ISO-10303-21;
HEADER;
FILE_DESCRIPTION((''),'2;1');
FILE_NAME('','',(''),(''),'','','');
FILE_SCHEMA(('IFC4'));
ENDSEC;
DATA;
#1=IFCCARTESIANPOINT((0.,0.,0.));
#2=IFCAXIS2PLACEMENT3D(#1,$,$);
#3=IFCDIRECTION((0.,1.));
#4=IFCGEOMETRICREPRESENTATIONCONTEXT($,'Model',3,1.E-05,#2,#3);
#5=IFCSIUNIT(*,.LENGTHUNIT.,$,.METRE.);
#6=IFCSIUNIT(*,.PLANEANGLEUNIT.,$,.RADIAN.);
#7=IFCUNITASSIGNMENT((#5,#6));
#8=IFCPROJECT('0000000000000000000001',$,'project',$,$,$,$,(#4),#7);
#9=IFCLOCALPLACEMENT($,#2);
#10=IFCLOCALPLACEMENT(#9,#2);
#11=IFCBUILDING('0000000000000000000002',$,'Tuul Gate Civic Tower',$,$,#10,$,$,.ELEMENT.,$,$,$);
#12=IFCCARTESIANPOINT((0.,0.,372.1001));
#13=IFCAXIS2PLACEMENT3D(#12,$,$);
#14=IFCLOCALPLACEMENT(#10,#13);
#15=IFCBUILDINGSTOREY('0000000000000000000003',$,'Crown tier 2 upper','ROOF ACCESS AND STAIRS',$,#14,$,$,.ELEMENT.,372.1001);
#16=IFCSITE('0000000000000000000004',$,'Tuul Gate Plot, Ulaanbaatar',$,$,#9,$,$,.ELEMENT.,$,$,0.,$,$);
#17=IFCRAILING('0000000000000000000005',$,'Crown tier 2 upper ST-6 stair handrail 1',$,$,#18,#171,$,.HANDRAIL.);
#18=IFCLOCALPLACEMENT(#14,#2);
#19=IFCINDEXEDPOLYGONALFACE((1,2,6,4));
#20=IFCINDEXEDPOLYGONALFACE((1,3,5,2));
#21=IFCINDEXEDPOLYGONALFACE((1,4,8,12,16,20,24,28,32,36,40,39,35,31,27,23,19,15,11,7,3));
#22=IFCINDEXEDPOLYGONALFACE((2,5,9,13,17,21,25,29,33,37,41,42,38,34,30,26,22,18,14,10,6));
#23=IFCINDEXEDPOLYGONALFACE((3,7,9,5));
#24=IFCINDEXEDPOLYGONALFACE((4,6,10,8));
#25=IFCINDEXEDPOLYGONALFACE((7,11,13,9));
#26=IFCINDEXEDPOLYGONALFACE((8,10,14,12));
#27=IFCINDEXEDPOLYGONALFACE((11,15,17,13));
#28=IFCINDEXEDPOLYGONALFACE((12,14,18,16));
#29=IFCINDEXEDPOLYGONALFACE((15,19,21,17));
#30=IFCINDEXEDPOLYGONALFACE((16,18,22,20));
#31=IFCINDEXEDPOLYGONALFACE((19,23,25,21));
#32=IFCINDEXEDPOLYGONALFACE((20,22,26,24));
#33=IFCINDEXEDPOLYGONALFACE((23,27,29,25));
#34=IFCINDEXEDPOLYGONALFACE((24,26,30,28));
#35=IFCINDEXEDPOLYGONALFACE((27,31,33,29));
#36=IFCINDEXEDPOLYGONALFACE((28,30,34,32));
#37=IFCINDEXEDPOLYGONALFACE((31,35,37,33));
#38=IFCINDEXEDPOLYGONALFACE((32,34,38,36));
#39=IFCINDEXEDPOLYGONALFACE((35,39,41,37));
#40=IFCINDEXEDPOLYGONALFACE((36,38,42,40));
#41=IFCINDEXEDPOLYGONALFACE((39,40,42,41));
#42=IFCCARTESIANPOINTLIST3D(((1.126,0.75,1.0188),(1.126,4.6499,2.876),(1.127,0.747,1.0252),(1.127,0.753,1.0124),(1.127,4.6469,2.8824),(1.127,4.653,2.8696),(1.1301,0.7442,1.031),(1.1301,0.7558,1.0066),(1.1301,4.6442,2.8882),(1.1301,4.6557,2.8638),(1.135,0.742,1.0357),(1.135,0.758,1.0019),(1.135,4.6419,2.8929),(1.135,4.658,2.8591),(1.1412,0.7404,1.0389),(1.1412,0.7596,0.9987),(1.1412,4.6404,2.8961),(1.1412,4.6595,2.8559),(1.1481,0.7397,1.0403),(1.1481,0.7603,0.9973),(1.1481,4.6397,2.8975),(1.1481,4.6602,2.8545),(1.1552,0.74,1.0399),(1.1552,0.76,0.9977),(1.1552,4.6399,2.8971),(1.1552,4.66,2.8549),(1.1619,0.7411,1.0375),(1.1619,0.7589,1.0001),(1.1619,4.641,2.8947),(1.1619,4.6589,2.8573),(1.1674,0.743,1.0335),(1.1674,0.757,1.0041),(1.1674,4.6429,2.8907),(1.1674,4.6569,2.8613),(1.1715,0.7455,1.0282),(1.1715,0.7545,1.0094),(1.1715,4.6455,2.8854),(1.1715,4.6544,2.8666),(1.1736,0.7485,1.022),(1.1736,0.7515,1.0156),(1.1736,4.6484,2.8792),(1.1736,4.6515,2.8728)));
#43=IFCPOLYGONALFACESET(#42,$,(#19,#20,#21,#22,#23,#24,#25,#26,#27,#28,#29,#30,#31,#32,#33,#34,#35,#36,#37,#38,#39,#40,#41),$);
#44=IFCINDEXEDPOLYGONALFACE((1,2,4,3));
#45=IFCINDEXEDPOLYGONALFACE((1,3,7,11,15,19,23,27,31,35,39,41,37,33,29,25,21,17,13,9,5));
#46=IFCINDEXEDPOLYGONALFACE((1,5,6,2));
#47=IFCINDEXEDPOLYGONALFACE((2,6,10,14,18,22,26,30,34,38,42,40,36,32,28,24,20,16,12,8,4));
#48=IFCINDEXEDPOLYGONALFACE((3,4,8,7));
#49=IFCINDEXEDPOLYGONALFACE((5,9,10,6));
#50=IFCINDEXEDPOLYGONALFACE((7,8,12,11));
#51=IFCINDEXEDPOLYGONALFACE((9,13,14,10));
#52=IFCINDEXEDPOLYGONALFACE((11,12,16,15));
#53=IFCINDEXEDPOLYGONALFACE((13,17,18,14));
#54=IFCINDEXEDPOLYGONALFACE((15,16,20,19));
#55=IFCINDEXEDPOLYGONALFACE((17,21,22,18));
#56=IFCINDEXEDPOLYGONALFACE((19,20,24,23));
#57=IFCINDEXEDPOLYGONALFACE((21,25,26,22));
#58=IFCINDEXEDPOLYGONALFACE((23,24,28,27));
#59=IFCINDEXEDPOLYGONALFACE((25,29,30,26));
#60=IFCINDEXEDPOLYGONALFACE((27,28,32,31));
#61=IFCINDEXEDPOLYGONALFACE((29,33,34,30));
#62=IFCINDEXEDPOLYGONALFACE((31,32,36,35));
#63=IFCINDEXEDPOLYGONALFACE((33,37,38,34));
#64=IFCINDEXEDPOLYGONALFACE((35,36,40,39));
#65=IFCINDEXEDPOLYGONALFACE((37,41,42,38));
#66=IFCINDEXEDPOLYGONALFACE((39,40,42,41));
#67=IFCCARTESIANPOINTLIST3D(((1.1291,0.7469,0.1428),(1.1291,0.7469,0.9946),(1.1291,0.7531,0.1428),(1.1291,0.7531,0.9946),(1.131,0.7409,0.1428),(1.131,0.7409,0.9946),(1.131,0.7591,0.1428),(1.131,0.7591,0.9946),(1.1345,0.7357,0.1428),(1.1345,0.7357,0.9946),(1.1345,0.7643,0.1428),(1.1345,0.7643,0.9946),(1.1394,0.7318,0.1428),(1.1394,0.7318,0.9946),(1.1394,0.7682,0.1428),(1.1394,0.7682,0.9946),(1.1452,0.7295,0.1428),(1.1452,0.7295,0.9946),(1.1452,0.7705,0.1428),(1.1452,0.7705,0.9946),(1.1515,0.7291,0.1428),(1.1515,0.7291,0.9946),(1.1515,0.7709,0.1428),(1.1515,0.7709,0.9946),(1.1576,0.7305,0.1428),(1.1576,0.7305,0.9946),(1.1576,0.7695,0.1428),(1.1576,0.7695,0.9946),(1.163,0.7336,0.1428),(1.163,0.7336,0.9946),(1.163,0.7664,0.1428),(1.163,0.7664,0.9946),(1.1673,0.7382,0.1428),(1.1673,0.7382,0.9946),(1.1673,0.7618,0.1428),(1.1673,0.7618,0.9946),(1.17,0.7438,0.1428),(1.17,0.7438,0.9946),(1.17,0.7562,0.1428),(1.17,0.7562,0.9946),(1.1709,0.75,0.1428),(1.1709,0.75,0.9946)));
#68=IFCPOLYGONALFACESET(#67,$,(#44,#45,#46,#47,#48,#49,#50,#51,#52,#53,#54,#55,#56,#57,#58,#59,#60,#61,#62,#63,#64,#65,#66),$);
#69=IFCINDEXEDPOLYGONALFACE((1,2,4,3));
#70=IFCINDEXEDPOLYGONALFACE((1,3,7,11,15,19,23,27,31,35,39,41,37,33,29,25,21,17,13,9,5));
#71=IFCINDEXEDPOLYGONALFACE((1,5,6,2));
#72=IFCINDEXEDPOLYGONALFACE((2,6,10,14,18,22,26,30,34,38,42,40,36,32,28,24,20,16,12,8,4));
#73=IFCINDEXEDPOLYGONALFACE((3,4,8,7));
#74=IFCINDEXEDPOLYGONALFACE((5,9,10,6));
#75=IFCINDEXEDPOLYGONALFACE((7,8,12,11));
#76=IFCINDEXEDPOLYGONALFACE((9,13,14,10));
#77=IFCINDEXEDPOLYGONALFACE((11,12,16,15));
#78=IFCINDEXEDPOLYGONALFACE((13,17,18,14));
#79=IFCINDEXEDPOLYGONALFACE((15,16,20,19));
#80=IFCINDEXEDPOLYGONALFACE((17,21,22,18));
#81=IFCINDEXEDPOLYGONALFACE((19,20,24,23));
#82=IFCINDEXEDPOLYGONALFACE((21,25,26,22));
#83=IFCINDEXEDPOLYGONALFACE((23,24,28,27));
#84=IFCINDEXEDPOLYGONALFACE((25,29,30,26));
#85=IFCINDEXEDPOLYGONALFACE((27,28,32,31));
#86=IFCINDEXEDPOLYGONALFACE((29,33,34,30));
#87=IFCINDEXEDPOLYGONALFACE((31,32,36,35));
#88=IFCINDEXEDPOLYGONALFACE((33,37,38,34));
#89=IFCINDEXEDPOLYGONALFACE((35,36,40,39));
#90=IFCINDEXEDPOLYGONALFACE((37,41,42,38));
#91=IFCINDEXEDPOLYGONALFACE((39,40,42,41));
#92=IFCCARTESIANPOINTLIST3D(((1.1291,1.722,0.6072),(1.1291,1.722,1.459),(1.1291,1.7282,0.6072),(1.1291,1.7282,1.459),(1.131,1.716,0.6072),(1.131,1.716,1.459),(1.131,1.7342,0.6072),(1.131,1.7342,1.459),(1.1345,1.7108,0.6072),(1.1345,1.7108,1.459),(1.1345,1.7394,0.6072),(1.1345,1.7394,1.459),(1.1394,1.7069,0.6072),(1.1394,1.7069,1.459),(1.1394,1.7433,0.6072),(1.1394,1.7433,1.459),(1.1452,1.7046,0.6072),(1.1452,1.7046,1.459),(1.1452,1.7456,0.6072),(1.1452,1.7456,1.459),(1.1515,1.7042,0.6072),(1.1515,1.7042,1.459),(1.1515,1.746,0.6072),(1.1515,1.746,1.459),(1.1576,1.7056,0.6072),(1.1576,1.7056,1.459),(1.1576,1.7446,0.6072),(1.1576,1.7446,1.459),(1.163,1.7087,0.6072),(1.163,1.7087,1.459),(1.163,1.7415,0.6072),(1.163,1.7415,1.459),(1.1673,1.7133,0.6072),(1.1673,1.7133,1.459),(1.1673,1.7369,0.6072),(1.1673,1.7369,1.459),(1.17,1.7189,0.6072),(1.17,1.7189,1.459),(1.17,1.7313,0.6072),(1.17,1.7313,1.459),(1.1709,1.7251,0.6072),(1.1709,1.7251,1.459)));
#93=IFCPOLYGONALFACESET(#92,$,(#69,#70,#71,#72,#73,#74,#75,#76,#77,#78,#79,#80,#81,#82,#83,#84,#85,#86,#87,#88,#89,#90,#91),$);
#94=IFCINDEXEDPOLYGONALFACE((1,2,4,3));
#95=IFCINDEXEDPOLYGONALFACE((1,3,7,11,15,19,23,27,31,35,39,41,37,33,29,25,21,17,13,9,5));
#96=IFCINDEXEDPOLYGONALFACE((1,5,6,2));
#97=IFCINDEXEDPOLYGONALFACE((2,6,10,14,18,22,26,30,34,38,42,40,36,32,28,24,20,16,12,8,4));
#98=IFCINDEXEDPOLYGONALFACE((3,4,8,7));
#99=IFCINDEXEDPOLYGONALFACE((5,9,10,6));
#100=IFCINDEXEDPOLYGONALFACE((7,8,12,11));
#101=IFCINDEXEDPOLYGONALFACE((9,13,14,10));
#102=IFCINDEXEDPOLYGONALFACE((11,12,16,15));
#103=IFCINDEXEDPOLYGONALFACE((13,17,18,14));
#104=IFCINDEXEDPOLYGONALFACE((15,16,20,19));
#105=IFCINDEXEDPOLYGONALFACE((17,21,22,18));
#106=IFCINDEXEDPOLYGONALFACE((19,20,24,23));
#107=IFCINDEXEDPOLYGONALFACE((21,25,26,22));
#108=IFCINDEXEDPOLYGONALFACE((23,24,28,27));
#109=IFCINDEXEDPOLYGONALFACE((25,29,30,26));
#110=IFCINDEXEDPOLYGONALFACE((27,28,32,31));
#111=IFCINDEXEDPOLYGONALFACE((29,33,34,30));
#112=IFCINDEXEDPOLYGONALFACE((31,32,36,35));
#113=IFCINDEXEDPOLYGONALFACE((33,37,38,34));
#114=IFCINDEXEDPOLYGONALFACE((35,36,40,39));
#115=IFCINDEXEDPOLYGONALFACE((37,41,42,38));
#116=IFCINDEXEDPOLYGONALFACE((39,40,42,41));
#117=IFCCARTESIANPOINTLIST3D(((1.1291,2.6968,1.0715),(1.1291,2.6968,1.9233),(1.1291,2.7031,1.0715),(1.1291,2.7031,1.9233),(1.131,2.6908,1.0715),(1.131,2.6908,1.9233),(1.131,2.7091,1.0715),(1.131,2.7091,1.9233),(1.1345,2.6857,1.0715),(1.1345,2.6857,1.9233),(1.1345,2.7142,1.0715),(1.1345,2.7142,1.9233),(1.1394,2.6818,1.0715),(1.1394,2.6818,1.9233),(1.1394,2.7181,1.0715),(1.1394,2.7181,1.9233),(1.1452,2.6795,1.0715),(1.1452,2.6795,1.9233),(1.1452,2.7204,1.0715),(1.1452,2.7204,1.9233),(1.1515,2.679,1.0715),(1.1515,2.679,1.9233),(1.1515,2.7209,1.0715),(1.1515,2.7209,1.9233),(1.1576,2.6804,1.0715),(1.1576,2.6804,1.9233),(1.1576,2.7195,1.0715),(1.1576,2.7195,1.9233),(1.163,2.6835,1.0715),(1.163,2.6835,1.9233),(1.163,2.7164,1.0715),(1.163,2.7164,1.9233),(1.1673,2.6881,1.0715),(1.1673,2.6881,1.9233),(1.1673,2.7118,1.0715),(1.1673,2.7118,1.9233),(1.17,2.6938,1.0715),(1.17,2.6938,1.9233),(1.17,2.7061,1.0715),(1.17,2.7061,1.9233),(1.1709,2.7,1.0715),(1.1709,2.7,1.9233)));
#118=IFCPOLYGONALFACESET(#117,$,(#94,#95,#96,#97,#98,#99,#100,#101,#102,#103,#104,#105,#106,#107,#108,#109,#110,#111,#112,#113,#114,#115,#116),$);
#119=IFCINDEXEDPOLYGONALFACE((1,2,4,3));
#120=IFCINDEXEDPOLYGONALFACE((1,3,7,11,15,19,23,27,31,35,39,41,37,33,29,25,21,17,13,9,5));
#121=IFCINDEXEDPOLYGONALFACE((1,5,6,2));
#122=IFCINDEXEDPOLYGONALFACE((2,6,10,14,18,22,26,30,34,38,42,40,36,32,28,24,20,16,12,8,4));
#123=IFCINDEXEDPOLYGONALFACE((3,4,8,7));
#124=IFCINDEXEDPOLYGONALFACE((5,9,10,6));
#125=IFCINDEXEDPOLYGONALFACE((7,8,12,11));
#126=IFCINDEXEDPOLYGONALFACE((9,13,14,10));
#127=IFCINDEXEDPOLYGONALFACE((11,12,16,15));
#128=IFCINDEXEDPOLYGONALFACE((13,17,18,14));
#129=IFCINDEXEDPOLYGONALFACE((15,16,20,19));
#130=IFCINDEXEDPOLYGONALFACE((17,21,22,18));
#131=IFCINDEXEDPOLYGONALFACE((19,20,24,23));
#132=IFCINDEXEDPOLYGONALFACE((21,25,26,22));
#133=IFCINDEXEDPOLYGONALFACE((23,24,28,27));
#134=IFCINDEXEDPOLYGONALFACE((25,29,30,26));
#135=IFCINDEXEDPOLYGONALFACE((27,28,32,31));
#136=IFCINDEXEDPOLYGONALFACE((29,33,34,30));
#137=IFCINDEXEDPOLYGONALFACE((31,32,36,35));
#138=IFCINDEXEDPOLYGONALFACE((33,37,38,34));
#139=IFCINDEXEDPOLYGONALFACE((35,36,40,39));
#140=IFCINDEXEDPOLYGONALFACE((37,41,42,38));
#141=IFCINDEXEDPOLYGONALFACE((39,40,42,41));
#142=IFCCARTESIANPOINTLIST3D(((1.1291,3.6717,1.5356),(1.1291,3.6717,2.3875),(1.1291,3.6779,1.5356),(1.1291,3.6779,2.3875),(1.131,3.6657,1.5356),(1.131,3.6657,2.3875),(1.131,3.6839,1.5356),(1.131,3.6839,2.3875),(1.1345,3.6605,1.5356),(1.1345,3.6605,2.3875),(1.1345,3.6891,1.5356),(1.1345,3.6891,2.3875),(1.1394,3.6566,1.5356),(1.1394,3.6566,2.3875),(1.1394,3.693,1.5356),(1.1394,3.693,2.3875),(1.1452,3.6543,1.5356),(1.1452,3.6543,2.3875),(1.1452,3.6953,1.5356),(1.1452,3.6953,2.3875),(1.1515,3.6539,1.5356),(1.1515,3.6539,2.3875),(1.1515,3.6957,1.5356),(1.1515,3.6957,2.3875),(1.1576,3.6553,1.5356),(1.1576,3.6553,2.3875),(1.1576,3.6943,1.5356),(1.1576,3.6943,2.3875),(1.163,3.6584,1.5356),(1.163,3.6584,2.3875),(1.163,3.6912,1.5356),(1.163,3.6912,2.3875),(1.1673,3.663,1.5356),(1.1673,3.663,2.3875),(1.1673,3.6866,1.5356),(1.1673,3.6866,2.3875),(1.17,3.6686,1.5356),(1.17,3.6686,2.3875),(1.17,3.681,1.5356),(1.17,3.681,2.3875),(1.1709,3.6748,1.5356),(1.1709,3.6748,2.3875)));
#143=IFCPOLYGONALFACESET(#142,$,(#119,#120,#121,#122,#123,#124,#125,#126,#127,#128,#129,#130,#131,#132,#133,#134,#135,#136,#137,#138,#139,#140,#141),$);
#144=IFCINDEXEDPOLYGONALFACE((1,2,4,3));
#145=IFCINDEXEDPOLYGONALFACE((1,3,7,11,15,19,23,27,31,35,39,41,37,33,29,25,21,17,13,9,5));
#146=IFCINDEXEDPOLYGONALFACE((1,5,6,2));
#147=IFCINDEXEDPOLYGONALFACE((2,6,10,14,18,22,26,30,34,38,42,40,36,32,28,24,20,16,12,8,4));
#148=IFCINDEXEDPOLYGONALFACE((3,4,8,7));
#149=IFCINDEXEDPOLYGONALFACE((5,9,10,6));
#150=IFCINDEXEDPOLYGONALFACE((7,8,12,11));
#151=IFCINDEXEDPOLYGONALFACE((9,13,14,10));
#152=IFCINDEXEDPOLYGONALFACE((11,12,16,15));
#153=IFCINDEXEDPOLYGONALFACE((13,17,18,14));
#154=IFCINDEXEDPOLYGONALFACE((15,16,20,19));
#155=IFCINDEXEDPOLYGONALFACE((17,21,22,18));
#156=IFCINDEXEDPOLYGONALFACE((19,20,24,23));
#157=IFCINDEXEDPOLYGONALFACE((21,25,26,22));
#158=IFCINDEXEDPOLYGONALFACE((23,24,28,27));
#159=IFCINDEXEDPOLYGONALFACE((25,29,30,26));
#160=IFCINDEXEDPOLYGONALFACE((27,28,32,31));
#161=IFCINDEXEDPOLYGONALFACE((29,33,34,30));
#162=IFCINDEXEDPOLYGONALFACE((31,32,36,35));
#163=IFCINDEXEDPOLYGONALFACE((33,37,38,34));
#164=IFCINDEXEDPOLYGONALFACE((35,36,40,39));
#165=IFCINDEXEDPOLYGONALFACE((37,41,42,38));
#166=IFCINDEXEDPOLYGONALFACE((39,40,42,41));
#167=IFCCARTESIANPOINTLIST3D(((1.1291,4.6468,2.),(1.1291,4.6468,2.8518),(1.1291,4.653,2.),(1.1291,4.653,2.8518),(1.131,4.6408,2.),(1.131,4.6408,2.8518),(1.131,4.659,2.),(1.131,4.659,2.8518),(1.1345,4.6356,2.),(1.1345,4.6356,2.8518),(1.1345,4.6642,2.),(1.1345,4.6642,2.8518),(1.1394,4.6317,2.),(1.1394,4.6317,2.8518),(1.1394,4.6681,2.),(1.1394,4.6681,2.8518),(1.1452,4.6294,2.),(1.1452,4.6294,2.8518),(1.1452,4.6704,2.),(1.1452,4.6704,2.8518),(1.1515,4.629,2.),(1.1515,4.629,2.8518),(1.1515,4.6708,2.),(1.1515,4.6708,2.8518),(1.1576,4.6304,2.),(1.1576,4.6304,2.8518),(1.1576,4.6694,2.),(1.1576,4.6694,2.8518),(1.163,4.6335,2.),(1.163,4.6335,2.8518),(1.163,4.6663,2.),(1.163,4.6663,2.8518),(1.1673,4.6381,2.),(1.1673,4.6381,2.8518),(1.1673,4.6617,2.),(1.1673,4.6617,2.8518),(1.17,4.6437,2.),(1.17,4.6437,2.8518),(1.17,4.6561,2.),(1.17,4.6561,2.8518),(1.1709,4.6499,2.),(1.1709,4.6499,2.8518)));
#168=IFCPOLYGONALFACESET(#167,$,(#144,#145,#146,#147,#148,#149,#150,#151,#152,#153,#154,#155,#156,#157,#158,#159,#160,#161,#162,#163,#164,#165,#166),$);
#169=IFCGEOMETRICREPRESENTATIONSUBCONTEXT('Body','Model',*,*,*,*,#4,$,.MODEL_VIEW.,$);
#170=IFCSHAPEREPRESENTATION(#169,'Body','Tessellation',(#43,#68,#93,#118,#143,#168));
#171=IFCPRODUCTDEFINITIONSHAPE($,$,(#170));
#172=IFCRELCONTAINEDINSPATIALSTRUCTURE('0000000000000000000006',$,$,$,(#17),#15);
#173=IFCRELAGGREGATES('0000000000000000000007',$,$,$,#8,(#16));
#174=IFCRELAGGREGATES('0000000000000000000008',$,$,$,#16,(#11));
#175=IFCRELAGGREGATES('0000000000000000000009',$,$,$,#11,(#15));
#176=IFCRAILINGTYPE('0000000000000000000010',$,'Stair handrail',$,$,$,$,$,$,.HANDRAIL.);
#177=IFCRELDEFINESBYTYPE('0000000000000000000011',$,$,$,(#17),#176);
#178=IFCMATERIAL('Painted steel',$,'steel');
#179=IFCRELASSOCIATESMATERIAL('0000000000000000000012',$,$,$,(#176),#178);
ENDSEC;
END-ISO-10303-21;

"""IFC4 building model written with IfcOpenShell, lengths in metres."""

from ifc_helpers import new_model, si_unit, direction, frame, origin, origin_2d, place, context, subcontext, project, spatial, circle, extrude, material, type_object, element, save


model = new_model("IFC4")

# Units and contexts
model_context = context("Model", 3, precision=1e-05, world=origin(), true_north=direction((0.0, 1.0)))
body_context = subcontext(model_context, "Body", "Model", "MODEL_VIEW")
ifc_project = project(units=[si_unit("LENGTHUNIT", "METRE"), si_unit("PLANEANGLEUNIT", "RADIAN")], contexts=[model_context])

# Site, building, storey
site_placement = place(None, origin())
site = spatial("IfcSite", under=ifc_project, at=site_placement, Name="Tuul Gate Plot, Ulaanbaatar", CompositionType="ELEMENT", RefElevation=0.0)
building_placement = place(site_placement, origin())
building = spatial("IfcBuilding", under=site, at=building_placement, Name="Tuul Gate Civic Tower", CompositionType="ELEMENT")
storey_placement = place(building_placement, frame((0.0, 0.0, 372.1001)))
storey = spatial("IfcBuildingStorey", under=building, at=storey_placement, Name="Crown tier 2 upper", Description="ROOF ACCESS AND STAIRS", CompositionType="ELEMENT", Elevation=372.1001)

# Railing
ifc_material_1 = material(Name="Painted steel", Category="steel")
railing_type_1 = type_object("IfcRailingType", Name="Stair handrail", PredefinedType="HANDRAIL", material=ifc_material_1)
for number, where, name in (
    (1, (1.1499, 0.75, 0.1428), "Crown tier 2 upper ST-6 stair handrail 1"),
):
    element("IfcRailing", number, at=place(storey_placement, frame(where)), inside=storey, type_object=railing_type_1, Name=name, PredefinedType="HANDRAIL", context=body_context, shape_type="SweptSolid", body=[
        extrude(circle(Radius=0.0239, at=origin_2d()), frame((0.0, 0.0, 0.876), z_axis=(0.0, 0.902853, 0.429949), x_axis=(-1.0, 0.0, 0.0)), (0.0, 0.0, 1.0), 4.3196),
        extrude(circle(Radius=0.021, at=origin_2d()), origin(), (0.0, 0.0, 1.0), 0.8518),
        extrude(circle(Radius=0.021, at=origin_2d()), frame((0.0, 0.9751, 0.4644)), (0.0, 0.0, 1.0), 0.8518),
        extrude(circle(Radius=0.021, at=origin_2d()), frame((0.0, 1.95, 0.9287)), (0.0, 0.0, 1.0), 0.8518),
        extrude(circle(Radius=0.021, at=origin_2d()), frame((0.0, 2.9248, 1.3928)), (0.0, 0.0, 1.0), 0.8518),
        extrude(circle(Radius=0.021, at=origin_2d()), frame((0.0, 3.8999, 1.8572)), (0.0, 0.0, 1.0), 0.8518),
    ])

save(model, "model.ifc")
